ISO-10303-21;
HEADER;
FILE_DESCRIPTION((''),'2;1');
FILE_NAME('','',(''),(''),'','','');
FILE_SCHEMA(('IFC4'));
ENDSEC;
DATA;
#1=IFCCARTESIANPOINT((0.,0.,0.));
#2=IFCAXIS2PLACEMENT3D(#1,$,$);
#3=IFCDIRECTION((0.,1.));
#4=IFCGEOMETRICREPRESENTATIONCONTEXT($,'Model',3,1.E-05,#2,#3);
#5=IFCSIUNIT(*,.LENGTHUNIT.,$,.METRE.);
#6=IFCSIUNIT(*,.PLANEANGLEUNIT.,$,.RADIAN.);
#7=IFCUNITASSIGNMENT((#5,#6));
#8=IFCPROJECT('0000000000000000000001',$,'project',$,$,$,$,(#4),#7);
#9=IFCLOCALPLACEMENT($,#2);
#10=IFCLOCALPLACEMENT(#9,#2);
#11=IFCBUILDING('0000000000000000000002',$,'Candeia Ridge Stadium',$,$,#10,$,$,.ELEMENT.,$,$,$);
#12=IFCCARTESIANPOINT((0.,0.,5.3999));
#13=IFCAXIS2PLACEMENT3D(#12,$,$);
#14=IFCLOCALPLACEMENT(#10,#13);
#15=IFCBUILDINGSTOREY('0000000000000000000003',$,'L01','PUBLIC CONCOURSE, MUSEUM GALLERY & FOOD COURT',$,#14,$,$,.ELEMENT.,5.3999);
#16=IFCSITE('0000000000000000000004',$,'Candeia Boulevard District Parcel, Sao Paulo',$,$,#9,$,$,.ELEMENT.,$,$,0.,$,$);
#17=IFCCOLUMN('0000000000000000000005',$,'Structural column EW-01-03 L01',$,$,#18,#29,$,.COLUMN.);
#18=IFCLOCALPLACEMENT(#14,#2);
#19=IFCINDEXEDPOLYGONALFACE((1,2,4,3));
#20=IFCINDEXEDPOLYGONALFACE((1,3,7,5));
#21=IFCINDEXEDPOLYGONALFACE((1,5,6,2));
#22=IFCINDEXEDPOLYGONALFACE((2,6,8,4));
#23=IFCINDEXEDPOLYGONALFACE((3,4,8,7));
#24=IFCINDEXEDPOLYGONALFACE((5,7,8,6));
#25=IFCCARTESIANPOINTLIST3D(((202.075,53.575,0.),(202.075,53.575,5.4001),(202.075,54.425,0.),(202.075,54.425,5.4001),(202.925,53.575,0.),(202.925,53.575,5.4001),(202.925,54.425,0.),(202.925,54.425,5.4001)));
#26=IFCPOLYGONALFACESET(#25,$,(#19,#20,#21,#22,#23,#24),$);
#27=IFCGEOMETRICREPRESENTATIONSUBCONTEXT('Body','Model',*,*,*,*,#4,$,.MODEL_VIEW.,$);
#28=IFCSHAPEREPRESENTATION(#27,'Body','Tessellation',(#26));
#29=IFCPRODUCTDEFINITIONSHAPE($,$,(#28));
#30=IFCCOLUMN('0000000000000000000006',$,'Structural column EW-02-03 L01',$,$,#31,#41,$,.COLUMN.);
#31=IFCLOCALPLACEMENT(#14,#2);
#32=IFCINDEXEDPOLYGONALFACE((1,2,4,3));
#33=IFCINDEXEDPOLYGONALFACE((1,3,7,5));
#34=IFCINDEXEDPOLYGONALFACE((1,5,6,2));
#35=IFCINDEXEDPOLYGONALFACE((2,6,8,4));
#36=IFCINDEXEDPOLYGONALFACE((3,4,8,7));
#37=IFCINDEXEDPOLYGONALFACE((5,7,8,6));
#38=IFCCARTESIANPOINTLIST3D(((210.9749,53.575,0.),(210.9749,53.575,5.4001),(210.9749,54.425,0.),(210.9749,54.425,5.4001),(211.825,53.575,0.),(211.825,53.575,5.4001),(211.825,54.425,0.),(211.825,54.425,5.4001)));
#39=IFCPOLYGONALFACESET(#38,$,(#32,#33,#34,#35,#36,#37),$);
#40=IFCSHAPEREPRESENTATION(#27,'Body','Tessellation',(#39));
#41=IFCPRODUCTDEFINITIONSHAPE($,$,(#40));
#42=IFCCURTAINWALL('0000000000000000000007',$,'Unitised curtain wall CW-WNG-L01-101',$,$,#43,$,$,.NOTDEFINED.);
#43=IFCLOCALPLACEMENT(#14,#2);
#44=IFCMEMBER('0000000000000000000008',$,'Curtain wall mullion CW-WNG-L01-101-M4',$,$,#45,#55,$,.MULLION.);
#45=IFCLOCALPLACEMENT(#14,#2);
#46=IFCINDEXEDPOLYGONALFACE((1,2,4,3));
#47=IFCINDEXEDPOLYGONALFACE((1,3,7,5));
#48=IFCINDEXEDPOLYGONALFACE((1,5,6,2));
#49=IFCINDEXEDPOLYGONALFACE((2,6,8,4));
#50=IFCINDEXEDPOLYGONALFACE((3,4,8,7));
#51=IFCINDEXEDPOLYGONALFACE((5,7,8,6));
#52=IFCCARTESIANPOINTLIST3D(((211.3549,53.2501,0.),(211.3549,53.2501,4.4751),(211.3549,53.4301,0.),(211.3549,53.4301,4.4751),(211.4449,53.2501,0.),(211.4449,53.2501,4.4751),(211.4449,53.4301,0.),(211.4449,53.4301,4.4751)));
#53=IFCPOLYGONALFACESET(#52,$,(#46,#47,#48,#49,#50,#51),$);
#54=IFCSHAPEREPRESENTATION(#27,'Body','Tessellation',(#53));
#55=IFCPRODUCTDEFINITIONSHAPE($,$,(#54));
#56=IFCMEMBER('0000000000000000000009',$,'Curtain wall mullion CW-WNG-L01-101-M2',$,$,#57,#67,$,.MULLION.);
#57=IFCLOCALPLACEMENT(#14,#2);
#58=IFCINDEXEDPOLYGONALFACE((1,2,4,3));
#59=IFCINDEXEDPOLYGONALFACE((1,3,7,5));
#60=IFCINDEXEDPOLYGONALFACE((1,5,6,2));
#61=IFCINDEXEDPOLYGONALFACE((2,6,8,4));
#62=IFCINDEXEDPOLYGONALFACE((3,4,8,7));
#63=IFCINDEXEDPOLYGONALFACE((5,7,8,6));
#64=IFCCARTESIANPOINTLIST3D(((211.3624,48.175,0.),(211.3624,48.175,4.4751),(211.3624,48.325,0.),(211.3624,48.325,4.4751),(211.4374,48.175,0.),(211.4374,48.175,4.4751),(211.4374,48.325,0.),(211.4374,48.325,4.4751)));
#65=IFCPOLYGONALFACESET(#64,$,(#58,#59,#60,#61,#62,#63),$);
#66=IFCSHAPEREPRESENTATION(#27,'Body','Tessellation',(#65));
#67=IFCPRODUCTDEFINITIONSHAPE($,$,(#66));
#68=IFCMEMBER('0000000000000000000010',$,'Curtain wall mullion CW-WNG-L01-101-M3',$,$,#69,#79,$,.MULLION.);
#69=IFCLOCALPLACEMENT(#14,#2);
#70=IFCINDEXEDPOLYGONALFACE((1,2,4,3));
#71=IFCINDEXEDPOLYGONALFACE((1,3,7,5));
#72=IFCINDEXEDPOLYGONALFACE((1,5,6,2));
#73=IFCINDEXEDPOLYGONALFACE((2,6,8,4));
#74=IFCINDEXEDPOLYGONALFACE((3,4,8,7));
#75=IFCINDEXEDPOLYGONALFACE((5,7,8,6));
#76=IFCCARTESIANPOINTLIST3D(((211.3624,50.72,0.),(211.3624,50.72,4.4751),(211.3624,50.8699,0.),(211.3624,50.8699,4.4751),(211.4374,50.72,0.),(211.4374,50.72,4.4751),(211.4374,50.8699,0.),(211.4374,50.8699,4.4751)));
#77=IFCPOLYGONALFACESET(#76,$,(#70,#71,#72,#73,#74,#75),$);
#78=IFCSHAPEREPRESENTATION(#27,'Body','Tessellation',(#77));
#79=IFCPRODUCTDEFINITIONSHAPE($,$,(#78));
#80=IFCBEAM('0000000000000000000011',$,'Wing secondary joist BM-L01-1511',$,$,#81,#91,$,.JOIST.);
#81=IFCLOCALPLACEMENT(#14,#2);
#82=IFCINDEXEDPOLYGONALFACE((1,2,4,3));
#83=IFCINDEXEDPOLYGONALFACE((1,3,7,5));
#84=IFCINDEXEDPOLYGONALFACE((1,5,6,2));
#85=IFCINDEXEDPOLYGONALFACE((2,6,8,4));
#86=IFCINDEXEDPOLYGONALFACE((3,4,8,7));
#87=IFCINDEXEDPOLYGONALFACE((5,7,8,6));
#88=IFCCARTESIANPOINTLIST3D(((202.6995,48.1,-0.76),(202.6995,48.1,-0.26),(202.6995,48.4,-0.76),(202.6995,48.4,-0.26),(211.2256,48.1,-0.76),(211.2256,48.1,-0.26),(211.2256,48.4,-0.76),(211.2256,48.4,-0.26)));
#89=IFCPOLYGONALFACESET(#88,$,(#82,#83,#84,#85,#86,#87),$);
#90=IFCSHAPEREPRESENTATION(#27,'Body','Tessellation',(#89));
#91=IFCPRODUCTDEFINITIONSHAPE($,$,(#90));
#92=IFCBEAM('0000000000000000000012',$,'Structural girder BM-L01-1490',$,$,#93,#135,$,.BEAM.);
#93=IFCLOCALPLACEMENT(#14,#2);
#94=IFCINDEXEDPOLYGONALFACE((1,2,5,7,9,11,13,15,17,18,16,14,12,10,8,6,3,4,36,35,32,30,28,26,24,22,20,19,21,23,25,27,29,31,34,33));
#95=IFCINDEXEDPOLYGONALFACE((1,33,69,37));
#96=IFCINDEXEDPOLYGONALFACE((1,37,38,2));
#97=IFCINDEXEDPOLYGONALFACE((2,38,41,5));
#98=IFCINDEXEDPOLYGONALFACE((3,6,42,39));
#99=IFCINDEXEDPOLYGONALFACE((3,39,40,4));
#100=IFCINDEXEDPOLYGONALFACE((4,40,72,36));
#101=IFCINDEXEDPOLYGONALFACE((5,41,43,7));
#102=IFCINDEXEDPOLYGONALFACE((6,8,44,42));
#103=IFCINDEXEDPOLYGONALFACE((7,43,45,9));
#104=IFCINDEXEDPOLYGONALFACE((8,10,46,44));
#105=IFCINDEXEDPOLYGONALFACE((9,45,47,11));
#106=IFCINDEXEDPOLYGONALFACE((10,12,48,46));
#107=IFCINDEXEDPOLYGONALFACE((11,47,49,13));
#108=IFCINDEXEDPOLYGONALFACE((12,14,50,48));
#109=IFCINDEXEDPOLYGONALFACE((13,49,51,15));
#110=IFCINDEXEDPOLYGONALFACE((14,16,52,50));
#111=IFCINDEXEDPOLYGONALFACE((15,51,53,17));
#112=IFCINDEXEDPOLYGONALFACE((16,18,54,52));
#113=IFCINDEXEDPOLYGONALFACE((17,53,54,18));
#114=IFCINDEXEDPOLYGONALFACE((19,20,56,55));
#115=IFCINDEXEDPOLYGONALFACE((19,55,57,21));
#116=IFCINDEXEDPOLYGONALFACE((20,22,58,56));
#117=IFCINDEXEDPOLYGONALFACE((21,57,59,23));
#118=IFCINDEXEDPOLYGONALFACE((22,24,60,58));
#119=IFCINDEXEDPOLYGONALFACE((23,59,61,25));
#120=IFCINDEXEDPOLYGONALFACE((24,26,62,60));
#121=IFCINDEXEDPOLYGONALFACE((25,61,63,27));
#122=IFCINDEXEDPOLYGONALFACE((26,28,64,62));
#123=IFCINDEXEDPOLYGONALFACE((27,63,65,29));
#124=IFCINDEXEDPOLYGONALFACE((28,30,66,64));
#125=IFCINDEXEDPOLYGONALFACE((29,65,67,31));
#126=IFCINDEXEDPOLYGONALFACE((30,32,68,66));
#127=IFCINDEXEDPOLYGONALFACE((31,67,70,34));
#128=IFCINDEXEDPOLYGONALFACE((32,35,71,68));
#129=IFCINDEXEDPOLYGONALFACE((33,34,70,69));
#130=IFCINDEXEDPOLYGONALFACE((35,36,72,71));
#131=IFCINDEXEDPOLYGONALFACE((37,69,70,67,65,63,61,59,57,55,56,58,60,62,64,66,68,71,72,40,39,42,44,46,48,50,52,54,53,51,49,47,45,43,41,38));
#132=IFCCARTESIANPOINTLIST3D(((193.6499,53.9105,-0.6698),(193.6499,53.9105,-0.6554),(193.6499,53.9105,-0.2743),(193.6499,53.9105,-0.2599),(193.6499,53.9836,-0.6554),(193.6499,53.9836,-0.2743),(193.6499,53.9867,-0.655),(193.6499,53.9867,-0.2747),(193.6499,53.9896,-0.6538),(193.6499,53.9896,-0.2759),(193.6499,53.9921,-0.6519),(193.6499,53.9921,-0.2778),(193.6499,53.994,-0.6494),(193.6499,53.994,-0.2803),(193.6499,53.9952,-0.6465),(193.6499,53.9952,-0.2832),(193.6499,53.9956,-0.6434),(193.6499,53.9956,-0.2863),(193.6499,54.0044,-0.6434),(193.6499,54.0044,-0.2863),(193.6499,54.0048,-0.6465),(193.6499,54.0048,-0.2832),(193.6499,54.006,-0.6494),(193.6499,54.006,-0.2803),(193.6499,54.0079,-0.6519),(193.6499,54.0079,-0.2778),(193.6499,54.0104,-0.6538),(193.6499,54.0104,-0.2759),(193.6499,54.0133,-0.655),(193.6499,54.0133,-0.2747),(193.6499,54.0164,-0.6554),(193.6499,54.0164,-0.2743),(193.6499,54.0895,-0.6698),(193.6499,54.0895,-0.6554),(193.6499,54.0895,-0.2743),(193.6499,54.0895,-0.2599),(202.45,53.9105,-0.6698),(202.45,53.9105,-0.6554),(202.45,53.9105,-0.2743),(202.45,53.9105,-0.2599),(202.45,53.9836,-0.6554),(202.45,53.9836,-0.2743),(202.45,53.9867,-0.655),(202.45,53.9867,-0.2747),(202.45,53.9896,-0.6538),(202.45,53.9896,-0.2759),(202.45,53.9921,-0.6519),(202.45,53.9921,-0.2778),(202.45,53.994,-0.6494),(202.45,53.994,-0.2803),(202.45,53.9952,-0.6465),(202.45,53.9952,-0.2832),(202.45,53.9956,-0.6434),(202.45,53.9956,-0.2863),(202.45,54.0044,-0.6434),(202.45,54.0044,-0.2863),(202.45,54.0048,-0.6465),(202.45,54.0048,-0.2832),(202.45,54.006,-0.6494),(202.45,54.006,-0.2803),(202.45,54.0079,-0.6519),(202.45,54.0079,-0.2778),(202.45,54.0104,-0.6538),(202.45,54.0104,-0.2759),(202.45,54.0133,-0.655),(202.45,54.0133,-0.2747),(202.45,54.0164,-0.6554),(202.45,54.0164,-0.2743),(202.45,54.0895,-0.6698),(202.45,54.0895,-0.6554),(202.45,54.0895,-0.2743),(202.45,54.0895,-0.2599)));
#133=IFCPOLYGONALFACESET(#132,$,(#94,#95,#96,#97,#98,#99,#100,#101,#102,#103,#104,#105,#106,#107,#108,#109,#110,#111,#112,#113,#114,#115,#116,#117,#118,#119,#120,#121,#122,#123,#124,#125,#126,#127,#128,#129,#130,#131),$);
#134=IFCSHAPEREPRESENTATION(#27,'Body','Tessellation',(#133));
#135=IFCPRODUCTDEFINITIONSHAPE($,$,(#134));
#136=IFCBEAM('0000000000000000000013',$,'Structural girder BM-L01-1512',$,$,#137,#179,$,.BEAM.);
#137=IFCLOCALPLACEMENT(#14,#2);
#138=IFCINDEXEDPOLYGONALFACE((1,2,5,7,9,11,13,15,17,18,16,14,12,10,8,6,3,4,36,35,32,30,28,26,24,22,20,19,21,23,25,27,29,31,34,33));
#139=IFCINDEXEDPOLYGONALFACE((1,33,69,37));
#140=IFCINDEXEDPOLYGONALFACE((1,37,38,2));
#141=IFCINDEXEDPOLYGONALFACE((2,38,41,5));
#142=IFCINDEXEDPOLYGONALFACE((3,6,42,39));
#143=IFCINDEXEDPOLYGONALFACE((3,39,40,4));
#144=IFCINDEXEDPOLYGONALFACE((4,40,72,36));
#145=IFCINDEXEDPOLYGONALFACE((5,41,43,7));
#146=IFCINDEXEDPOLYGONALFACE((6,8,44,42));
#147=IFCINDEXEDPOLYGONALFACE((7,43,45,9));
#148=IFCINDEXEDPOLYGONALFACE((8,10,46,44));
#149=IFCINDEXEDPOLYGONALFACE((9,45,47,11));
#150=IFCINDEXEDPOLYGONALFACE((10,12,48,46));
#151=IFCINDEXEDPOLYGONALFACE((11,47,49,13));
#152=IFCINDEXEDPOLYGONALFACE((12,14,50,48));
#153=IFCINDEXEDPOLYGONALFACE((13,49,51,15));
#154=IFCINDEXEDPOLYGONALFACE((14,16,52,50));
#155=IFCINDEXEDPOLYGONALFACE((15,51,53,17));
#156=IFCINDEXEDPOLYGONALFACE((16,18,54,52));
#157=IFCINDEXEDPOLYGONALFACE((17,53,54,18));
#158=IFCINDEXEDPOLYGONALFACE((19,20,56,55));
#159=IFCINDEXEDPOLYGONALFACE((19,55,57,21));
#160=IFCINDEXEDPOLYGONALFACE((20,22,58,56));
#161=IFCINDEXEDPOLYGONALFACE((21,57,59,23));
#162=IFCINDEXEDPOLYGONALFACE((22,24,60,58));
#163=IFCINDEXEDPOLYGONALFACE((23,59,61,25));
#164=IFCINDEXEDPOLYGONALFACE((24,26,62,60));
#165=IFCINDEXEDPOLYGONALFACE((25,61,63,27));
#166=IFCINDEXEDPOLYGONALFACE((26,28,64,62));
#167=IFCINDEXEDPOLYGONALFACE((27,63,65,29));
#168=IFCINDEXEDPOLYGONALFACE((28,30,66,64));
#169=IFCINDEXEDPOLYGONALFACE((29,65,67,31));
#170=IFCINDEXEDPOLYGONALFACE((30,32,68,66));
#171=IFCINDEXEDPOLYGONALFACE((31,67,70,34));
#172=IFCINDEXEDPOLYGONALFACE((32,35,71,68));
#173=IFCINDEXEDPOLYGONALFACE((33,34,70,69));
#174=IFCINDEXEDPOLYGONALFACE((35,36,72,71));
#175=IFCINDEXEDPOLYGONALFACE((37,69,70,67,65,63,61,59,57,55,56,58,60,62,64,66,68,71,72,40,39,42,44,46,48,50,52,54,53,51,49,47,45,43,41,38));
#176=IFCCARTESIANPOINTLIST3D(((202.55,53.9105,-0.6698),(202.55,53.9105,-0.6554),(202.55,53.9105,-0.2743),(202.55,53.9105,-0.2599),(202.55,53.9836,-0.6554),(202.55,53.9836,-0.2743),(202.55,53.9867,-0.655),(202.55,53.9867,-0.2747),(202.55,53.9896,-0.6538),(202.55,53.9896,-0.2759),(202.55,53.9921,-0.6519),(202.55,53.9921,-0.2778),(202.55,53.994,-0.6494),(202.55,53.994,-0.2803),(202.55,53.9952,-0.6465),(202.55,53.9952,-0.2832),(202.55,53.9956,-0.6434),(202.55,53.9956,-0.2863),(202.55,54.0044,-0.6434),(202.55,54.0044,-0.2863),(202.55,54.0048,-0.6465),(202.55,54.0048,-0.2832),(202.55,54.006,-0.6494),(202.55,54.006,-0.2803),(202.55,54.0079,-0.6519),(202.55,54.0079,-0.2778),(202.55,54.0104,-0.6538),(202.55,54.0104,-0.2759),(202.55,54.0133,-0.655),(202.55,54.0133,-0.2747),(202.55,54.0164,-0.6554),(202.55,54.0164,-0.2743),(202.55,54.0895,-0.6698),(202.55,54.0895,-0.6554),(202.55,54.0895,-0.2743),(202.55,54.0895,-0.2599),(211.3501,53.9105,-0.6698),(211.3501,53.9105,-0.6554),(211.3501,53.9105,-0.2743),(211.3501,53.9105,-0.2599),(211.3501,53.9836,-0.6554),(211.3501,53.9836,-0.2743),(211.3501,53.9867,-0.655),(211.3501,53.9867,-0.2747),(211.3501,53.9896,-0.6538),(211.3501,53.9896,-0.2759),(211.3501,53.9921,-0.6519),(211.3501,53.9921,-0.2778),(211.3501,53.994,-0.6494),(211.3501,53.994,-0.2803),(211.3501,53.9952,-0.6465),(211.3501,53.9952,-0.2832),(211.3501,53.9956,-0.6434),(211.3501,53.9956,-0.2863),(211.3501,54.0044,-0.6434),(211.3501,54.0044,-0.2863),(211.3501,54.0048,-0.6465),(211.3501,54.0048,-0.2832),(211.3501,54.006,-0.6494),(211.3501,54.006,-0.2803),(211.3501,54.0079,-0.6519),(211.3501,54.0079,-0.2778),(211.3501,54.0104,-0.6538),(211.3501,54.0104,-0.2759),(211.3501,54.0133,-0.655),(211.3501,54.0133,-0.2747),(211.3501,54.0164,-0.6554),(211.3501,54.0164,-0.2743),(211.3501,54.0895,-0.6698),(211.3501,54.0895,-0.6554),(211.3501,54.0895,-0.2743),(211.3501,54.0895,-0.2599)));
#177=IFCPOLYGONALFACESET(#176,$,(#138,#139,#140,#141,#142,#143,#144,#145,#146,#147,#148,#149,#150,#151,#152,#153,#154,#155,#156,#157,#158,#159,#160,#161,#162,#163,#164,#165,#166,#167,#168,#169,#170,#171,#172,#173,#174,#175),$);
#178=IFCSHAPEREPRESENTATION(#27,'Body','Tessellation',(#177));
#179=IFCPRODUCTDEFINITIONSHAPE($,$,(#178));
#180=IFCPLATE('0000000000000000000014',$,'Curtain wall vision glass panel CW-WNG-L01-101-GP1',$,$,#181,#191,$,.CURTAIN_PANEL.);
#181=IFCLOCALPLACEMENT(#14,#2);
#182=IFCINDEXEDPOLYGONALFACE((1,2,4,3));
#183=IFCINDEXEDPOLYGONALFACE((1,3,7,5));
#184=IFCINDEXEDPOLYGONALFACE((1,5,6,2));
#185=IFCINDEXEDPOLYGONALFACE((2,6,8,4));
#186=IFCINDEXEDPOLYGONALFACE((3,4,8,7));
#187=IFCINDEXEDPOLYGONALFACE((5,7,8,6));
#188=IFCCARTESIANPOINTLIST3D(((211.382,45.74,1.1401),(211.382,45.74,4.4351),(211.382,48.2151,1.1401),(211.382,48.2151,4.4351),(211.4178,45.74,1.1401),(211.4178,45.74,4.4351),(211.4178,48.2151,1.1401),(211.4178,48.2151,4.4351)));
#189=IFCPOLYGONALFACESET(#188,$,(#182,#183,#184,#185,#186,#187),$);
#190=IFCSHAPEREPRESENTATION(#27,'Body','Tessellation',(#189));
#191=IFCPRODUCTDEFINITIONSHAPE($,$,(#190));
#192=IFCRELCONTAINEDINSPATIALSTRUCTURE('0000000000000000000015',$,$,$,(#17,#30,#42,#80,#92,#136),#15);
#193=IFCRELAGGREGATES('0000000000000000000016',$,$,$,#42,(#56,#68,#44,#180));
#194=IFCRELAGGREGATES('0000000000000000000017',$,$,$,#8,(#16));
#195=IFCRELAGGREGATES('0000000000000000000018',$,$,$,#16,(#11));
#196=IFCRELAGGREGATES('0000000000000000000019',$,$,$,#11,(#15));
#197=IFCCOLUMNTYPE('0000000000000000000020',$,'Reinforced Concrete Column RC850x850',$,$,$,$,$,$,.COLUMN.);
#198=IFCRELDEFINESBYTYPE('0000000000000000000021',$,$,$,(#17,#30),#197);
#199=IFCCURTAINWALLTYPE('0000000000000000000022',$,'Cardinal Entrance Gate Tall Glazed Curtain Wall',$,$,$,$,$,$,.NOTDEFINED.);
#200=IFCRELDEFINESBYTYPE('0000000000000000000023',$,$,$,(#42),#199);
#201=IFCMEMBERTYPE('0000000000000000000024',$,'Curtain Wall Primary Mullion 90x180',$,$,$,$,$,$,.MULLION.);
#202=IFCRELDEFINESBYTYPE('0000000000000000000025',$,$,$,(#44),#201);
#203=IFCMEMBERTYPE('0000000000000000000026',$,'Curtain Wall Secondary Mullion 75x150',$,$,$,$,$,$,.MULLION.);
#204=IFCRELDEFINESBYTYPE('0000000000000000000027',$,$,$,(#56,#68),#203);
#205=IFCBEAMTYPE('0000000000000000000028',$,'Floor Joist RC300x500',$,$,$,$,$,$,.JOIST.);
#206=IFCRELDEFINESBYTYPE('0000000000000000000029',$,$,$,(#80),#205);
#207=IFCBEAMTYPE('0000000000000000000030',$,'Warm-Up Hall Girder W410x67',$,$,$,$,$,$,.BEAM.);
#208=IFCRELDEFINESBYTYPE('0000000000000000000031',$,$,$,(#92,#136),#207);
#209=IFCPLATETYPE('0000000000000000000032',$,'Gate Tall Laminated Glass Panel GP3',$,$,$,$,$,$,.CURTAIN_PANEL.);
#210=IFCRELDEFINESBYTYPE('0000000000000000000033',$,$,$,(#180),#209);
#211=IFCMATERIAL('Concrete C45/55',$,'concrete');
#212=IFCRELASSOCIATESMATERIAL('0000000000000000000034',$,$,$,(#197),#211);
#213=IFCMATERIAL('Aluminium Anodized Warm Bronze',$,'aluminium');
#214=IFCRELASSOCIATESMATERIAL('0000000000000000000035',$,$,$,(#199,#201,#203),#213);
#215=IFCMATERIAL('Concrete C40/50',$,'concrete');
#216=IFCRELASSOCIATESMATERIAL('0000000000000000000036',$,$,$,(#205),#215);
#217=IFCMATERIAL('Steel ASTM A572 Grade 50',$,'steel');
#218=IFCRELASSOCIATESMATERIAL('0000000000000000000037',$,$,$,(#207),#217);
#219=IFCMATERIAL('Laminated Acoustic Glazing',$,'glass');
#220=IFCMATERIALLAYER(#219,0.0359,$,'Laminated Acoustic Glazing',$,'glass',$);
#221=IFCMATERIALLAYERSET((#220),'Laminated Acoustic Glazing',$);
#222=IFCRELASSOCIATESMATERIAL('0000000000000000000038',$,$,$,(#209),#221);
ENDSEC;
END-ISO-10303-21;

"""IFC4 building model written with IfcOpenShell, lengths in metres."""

from ifc_helpers import new_model, si_unit, direction, frame, origin, origin_2d, place, context, subcontext, project, spatial, rectangle, i_section, extrude, material, layer, layer_set, material_profile, profile_set, type_object, element, aggregate, save


model = new_model("IFC4")

# Units and contexts
model_context = context("Model", 3, precision=1e-05, world=origin(), true_north=direction((0.0, 1.0)))
body_context = subcontext(model_context, "Body", "Model", "MODEL_VIEW")
ifc_project = project(units=[si_unit("LENGTHUNIT", "METRE"), si_unit("PLANEANGLEUNIT", "RADIAN")], contexts=[model_context])

# Site, building, storey
site_placement = place(None, origin())
site = spatial("IfcSite", under=ifc_project, at=site_placement, Name="Candeia Boulevard District Parcel, Sao Paulo", CompositionType="ELEMENT", RefElevation=0.0)
building_placement = place(site_placement, origin())
building = spatial("IfcBuilding", under=site, at=building_placement, Name="Candeia Ridge Stadium", CompositionType="ELEMENT")
storey_placement = place(building_placement, frame((0.0, 0.0, 5.3999)))
storey = spatial("IfcBuildingStorey", under=building, at=storey_placement, Name="L01", Description="PUBLIC CONCOURSE, MUSEUM GALLERY & FOOD COURT", CompositionType="ELEMENT", Elevation=5.3999)

# Columns
ifc_material_1 = material(Name="Concrete C45/55", Category="concrete")
ifc_material_profile_1 = material_profile(ifc_material_1, rectangle(XDim=0.8501, YDim=0.8501, at=origin_2d()), Name="RC850x850", Category="concrete")
ifc_profile_set_1 = profile_set([ifc_material_profile_1], Name="Concrete C45/55")
column_type = type_object("IfcColumnType", Name="Reinforced Concrete Column RC850x850", PredefinedType="COLUMN", material=ifc_profile_set_1)
for number, where, z_axis, x_axis, name in (
    (1, (202.5, 54.0, 0.0), (0.0, 0.0, 1.0), (1.0, 0.0, 0.0), "Structural column EW-01-03 L01"),
    (2, (211.3999, 54.0, 0.0), (0.0, 0.0, 1.0), (1.0, 0.0, 0.0), "Structural column EW-02-03 L01"),
):
    element("IfcColumn", number, at=place(storey_placement, frame(where, z_axis=z_axis, x_axis=x_axis)), inside=storey, type_object=column_type, Name=name, PredefinedType="COLUMN", context=body_context, shape_type="SweptSolid", body=[
        extrude(rectangle(XDim=0.8501, YDim=0.8501, at=origin_2d()), origin(), (0.0, 0.0, 1.0), 5.4001),
    ])

# Curtain wall, members
ifc_material_2 = material(Name="Aluminium Anodized Warm Bronze", Category="aluminium")
curtain_wall_type = type_object("IfcCurtainWallType", Name="Cardinal Entrance Gate Tall Glazed Curtain Wall", PredefinedType="NOTDEFINED", material=ifc_material_2)
curtain_wall_placement = place(storey_placement, origin())
curtain_wall = element("IfcCurtainWall", 3, at=curtain_wall_placement, inside=storey, type_object=curtain_wall_type, Name="Unitised curtain wall CW-WNG-L01-101", PredefinedType="NOTDEFINED")
ifc_material_profile_2 = material_profile(ifc_material_2, rectangle(XDim=0.0901, YDim=0.1799, at=origin_2d()), Name="CWM-90x180", Category="aluminium")
ifc_profile_set_2 = profile_set([ifc_material_profile_2], Name="Aluminium Anodized Warm Bronze")
member_type_1 = type_object("IfcMemberType", Name="Curtain Wall Primary Mullion 90x180", PredefinedType="MULLION", material=ifc_profile_set_2)
member_1_placement = place(storey_placement, frame((211.3999, 53.3401, 0.0), z_axis=(0.0, 0.0, 1.0), x_axis=(1.0, 0.0, 0.0)))
member_1 = element("IfcMember", 4, at=member_1_placement, type_object=member_type_1, Name="Curtain wall mullion CW-WNG-L01-101-M4", PredefinedType="MULLION", context=body_context, shape_type="SweptSolid", body=[
    extrude(rectangle(XDim=0.0901, YDim=0.1799, at=origin_2d()), origin(), (0.0, 0.0, 1.0), 4.4751),
])
ifc_material_profile_3 = material_profile(ifc_material_2, rectangle(XDim=0.075, YDim=0.1499, at=origin_2d()), Name="CWM-75x150", Category="aluminium")
ifc_profile_set_3 = profile_set([ifc_material_profile_3], Name="Aluminium Anodized Warm Bronze")
member_type_2 = type_object("IfcMemberType", Name="Curtain Wall Secondary Mullion 75x150", PredefinedType="MULLION", material=ifc_profile_set_3)
member_2_placement = place(storey_placement, frame((211.3999, 48.25, 0.0), z_axis=(0.0, 0.0, 1.0), x_axis=(1.0, 0.0, 0.0)))
member_2 = element("IfcMember", 5, at=member_2_placement, type_object=member_type_2, Name="Curtain wall mullion CW-WNG-L01-101-M2", PredefinedType="MULLION", context=body_context, shape_type="SweptSolid", body=[
    extrude(rectangle(XDim=0.075, YDim=0.1499, at=origin_2d()), origin(), (0.0, 0.0, 1.0), 4.4751),
])
member_3_placement = place(storey_placement, frame((211.3999, 50.7949, 0.0), z_axis=(0.0, 0.0, 1.0), x_axis=(1.0, 0.0, 0.0)))
member_3 = element("IfcMember", 6, at=member_3_placement, type_object=member_type_2, Name="Curtain wall mullion CW-WNG-L01-101-M3", PredefinedType="MULLION", context=body_context, shape_type="SweptSolid", body=[
    extrude(rectangle(XDim=0.075, YDim=0.1499, at=origin_2d()), origin(), (0.0, 0.0, 1.0), 4.4751),
])

# Beams
ifc_material_3 = material(Name="Concrete C40/50", Category="concrete")
ifc_material_profile_4 = material_profile(ifc_material_3, rectangle(XDim=0.3, YDim=0.5, at=origin_2d()), Name="RC300x500", Category="concrete")
ifc_profile_set_4 = profile_set([ifc_material_profile_4], Name="Concrete C40/50")
beam_type_1 = type_object("IfcBeamType", Name="Floor Joist RC300x500", PredefinedType="JOIST", material=ifc_profile_set_4)
beam_placement = place(storey_placement, frame((202.6995, 48.25, -0.51), z_axis=(1.0, 0.0, 0.0), x_axis=(0.0, 1.0, 0.0)))
element("IfcBeam", 7, at=beam_placement, inside=storey, type_object=beam_type_1, Name="Wing secondary joist BM-L01-1511", PredefinedType="JOIST", context=body_context, shape_type="SweptSolid", body=[
    extrude(rectangle(XDim=0.3, YDim=0.5, at=origin_2d()), origin(), (0.0, 0.0, 1.0), 8.5261),
])
ifc_material_4 = material(Name="Steel ASTM A572 Grade 50", Category="steel")
ifc_material_profile_5 = material_profile(ifc_material_4, i_section(OverallWidth=0.179, OverallDepth=0.4099, WebThickness=0.0088, FlangeThickness=0.0144, FilletRadius=0.012, at=origin_2d()), Name="W410x67", Category="steel")
ifc_profile_set_5 = profile_set([ifc_material_profile_5], Name="Steel ASTM A572 Grade 50")
beam_type_2 = type_object("IfcBeamType", Name="Warm-Up Hall Girder W410x67", PredefinedType="BEAM", material=ifc_profile_set_5)
for number, where, z_axis, x_axis, name in (
    (8, (193.6499, 54.0, -0.4648), (1.0, 0.0, 0.0), (0.0, 1.0, 0.0), "Structural girder BM-L01-1490"),
    (9, (202.55, 54.0, -0.4648), (1.0, 0.0, 0.0), (0.0, 1.0, 0.0), "Structural girder BM-L01-1512"),
):
    element("IfcBeam", number, at=place(storey_placement, frame(where, z_axis=z_axis, x_axis=x_axis)), inside=storey, type_object=beam_type_2, Name=name, PredefinedType="BEAM", context=body_context, shape_type="SweptSolid", body=[
        extrude(i_section(OverallWidth=0.179, OverallDepth=0.4099, WebThickness=0.0088, FlangeThickness=0.0144, FilletRadius=0.012, at=origin_2d()), origin(), (0.0, 0.0, 1.0), 8.8),
    ])

# Plate
ifc_material_5 = material(Name="Laminated Acoustic Glazing", Category="glass")
ifc_layer_1 = layer(ifc_material_5, 0.0359, Name="Laminated Acoustic Glazing", Category="glass")
ifc_layer_set_1 = layer_set([ifc_layer_1], Name="Laminated Acoustic Glazing")
plate_type_1 = type_object("IfcPlateType", Name="Gate Tall Laminated Glass Panel GP3", PredefinedType="CURTAIN_PANEL", material=ifc_layer_set_1)
plate_1_placement = place(storey_placement, frame((211.3999, 46.9775, 1.1401), z_axis=(0.0, 0.0, 1.0), x_axis=(0.0, 1.0, 0.0)))
plate_1 = element("IfcPlate", 10, at=plate_1_placement, type_object=plate_type_1, Name="Curtain wall vision glass panel CW-WNG-L01-101-GP1", PredefinedType="CURTAIN_PANEL", context=body_context, shape_type="SweptSolid", body=[
    extrude(rectangle(XDim=2.4751, YDim=0.0359, at=origin_2d()), origin(), (0.0, 0.0, 1.0), 3.2949),
])
aggregate(curtain_wall, [member_2, member_3, member_1, plate_1])

save(model, "model.ifc")
